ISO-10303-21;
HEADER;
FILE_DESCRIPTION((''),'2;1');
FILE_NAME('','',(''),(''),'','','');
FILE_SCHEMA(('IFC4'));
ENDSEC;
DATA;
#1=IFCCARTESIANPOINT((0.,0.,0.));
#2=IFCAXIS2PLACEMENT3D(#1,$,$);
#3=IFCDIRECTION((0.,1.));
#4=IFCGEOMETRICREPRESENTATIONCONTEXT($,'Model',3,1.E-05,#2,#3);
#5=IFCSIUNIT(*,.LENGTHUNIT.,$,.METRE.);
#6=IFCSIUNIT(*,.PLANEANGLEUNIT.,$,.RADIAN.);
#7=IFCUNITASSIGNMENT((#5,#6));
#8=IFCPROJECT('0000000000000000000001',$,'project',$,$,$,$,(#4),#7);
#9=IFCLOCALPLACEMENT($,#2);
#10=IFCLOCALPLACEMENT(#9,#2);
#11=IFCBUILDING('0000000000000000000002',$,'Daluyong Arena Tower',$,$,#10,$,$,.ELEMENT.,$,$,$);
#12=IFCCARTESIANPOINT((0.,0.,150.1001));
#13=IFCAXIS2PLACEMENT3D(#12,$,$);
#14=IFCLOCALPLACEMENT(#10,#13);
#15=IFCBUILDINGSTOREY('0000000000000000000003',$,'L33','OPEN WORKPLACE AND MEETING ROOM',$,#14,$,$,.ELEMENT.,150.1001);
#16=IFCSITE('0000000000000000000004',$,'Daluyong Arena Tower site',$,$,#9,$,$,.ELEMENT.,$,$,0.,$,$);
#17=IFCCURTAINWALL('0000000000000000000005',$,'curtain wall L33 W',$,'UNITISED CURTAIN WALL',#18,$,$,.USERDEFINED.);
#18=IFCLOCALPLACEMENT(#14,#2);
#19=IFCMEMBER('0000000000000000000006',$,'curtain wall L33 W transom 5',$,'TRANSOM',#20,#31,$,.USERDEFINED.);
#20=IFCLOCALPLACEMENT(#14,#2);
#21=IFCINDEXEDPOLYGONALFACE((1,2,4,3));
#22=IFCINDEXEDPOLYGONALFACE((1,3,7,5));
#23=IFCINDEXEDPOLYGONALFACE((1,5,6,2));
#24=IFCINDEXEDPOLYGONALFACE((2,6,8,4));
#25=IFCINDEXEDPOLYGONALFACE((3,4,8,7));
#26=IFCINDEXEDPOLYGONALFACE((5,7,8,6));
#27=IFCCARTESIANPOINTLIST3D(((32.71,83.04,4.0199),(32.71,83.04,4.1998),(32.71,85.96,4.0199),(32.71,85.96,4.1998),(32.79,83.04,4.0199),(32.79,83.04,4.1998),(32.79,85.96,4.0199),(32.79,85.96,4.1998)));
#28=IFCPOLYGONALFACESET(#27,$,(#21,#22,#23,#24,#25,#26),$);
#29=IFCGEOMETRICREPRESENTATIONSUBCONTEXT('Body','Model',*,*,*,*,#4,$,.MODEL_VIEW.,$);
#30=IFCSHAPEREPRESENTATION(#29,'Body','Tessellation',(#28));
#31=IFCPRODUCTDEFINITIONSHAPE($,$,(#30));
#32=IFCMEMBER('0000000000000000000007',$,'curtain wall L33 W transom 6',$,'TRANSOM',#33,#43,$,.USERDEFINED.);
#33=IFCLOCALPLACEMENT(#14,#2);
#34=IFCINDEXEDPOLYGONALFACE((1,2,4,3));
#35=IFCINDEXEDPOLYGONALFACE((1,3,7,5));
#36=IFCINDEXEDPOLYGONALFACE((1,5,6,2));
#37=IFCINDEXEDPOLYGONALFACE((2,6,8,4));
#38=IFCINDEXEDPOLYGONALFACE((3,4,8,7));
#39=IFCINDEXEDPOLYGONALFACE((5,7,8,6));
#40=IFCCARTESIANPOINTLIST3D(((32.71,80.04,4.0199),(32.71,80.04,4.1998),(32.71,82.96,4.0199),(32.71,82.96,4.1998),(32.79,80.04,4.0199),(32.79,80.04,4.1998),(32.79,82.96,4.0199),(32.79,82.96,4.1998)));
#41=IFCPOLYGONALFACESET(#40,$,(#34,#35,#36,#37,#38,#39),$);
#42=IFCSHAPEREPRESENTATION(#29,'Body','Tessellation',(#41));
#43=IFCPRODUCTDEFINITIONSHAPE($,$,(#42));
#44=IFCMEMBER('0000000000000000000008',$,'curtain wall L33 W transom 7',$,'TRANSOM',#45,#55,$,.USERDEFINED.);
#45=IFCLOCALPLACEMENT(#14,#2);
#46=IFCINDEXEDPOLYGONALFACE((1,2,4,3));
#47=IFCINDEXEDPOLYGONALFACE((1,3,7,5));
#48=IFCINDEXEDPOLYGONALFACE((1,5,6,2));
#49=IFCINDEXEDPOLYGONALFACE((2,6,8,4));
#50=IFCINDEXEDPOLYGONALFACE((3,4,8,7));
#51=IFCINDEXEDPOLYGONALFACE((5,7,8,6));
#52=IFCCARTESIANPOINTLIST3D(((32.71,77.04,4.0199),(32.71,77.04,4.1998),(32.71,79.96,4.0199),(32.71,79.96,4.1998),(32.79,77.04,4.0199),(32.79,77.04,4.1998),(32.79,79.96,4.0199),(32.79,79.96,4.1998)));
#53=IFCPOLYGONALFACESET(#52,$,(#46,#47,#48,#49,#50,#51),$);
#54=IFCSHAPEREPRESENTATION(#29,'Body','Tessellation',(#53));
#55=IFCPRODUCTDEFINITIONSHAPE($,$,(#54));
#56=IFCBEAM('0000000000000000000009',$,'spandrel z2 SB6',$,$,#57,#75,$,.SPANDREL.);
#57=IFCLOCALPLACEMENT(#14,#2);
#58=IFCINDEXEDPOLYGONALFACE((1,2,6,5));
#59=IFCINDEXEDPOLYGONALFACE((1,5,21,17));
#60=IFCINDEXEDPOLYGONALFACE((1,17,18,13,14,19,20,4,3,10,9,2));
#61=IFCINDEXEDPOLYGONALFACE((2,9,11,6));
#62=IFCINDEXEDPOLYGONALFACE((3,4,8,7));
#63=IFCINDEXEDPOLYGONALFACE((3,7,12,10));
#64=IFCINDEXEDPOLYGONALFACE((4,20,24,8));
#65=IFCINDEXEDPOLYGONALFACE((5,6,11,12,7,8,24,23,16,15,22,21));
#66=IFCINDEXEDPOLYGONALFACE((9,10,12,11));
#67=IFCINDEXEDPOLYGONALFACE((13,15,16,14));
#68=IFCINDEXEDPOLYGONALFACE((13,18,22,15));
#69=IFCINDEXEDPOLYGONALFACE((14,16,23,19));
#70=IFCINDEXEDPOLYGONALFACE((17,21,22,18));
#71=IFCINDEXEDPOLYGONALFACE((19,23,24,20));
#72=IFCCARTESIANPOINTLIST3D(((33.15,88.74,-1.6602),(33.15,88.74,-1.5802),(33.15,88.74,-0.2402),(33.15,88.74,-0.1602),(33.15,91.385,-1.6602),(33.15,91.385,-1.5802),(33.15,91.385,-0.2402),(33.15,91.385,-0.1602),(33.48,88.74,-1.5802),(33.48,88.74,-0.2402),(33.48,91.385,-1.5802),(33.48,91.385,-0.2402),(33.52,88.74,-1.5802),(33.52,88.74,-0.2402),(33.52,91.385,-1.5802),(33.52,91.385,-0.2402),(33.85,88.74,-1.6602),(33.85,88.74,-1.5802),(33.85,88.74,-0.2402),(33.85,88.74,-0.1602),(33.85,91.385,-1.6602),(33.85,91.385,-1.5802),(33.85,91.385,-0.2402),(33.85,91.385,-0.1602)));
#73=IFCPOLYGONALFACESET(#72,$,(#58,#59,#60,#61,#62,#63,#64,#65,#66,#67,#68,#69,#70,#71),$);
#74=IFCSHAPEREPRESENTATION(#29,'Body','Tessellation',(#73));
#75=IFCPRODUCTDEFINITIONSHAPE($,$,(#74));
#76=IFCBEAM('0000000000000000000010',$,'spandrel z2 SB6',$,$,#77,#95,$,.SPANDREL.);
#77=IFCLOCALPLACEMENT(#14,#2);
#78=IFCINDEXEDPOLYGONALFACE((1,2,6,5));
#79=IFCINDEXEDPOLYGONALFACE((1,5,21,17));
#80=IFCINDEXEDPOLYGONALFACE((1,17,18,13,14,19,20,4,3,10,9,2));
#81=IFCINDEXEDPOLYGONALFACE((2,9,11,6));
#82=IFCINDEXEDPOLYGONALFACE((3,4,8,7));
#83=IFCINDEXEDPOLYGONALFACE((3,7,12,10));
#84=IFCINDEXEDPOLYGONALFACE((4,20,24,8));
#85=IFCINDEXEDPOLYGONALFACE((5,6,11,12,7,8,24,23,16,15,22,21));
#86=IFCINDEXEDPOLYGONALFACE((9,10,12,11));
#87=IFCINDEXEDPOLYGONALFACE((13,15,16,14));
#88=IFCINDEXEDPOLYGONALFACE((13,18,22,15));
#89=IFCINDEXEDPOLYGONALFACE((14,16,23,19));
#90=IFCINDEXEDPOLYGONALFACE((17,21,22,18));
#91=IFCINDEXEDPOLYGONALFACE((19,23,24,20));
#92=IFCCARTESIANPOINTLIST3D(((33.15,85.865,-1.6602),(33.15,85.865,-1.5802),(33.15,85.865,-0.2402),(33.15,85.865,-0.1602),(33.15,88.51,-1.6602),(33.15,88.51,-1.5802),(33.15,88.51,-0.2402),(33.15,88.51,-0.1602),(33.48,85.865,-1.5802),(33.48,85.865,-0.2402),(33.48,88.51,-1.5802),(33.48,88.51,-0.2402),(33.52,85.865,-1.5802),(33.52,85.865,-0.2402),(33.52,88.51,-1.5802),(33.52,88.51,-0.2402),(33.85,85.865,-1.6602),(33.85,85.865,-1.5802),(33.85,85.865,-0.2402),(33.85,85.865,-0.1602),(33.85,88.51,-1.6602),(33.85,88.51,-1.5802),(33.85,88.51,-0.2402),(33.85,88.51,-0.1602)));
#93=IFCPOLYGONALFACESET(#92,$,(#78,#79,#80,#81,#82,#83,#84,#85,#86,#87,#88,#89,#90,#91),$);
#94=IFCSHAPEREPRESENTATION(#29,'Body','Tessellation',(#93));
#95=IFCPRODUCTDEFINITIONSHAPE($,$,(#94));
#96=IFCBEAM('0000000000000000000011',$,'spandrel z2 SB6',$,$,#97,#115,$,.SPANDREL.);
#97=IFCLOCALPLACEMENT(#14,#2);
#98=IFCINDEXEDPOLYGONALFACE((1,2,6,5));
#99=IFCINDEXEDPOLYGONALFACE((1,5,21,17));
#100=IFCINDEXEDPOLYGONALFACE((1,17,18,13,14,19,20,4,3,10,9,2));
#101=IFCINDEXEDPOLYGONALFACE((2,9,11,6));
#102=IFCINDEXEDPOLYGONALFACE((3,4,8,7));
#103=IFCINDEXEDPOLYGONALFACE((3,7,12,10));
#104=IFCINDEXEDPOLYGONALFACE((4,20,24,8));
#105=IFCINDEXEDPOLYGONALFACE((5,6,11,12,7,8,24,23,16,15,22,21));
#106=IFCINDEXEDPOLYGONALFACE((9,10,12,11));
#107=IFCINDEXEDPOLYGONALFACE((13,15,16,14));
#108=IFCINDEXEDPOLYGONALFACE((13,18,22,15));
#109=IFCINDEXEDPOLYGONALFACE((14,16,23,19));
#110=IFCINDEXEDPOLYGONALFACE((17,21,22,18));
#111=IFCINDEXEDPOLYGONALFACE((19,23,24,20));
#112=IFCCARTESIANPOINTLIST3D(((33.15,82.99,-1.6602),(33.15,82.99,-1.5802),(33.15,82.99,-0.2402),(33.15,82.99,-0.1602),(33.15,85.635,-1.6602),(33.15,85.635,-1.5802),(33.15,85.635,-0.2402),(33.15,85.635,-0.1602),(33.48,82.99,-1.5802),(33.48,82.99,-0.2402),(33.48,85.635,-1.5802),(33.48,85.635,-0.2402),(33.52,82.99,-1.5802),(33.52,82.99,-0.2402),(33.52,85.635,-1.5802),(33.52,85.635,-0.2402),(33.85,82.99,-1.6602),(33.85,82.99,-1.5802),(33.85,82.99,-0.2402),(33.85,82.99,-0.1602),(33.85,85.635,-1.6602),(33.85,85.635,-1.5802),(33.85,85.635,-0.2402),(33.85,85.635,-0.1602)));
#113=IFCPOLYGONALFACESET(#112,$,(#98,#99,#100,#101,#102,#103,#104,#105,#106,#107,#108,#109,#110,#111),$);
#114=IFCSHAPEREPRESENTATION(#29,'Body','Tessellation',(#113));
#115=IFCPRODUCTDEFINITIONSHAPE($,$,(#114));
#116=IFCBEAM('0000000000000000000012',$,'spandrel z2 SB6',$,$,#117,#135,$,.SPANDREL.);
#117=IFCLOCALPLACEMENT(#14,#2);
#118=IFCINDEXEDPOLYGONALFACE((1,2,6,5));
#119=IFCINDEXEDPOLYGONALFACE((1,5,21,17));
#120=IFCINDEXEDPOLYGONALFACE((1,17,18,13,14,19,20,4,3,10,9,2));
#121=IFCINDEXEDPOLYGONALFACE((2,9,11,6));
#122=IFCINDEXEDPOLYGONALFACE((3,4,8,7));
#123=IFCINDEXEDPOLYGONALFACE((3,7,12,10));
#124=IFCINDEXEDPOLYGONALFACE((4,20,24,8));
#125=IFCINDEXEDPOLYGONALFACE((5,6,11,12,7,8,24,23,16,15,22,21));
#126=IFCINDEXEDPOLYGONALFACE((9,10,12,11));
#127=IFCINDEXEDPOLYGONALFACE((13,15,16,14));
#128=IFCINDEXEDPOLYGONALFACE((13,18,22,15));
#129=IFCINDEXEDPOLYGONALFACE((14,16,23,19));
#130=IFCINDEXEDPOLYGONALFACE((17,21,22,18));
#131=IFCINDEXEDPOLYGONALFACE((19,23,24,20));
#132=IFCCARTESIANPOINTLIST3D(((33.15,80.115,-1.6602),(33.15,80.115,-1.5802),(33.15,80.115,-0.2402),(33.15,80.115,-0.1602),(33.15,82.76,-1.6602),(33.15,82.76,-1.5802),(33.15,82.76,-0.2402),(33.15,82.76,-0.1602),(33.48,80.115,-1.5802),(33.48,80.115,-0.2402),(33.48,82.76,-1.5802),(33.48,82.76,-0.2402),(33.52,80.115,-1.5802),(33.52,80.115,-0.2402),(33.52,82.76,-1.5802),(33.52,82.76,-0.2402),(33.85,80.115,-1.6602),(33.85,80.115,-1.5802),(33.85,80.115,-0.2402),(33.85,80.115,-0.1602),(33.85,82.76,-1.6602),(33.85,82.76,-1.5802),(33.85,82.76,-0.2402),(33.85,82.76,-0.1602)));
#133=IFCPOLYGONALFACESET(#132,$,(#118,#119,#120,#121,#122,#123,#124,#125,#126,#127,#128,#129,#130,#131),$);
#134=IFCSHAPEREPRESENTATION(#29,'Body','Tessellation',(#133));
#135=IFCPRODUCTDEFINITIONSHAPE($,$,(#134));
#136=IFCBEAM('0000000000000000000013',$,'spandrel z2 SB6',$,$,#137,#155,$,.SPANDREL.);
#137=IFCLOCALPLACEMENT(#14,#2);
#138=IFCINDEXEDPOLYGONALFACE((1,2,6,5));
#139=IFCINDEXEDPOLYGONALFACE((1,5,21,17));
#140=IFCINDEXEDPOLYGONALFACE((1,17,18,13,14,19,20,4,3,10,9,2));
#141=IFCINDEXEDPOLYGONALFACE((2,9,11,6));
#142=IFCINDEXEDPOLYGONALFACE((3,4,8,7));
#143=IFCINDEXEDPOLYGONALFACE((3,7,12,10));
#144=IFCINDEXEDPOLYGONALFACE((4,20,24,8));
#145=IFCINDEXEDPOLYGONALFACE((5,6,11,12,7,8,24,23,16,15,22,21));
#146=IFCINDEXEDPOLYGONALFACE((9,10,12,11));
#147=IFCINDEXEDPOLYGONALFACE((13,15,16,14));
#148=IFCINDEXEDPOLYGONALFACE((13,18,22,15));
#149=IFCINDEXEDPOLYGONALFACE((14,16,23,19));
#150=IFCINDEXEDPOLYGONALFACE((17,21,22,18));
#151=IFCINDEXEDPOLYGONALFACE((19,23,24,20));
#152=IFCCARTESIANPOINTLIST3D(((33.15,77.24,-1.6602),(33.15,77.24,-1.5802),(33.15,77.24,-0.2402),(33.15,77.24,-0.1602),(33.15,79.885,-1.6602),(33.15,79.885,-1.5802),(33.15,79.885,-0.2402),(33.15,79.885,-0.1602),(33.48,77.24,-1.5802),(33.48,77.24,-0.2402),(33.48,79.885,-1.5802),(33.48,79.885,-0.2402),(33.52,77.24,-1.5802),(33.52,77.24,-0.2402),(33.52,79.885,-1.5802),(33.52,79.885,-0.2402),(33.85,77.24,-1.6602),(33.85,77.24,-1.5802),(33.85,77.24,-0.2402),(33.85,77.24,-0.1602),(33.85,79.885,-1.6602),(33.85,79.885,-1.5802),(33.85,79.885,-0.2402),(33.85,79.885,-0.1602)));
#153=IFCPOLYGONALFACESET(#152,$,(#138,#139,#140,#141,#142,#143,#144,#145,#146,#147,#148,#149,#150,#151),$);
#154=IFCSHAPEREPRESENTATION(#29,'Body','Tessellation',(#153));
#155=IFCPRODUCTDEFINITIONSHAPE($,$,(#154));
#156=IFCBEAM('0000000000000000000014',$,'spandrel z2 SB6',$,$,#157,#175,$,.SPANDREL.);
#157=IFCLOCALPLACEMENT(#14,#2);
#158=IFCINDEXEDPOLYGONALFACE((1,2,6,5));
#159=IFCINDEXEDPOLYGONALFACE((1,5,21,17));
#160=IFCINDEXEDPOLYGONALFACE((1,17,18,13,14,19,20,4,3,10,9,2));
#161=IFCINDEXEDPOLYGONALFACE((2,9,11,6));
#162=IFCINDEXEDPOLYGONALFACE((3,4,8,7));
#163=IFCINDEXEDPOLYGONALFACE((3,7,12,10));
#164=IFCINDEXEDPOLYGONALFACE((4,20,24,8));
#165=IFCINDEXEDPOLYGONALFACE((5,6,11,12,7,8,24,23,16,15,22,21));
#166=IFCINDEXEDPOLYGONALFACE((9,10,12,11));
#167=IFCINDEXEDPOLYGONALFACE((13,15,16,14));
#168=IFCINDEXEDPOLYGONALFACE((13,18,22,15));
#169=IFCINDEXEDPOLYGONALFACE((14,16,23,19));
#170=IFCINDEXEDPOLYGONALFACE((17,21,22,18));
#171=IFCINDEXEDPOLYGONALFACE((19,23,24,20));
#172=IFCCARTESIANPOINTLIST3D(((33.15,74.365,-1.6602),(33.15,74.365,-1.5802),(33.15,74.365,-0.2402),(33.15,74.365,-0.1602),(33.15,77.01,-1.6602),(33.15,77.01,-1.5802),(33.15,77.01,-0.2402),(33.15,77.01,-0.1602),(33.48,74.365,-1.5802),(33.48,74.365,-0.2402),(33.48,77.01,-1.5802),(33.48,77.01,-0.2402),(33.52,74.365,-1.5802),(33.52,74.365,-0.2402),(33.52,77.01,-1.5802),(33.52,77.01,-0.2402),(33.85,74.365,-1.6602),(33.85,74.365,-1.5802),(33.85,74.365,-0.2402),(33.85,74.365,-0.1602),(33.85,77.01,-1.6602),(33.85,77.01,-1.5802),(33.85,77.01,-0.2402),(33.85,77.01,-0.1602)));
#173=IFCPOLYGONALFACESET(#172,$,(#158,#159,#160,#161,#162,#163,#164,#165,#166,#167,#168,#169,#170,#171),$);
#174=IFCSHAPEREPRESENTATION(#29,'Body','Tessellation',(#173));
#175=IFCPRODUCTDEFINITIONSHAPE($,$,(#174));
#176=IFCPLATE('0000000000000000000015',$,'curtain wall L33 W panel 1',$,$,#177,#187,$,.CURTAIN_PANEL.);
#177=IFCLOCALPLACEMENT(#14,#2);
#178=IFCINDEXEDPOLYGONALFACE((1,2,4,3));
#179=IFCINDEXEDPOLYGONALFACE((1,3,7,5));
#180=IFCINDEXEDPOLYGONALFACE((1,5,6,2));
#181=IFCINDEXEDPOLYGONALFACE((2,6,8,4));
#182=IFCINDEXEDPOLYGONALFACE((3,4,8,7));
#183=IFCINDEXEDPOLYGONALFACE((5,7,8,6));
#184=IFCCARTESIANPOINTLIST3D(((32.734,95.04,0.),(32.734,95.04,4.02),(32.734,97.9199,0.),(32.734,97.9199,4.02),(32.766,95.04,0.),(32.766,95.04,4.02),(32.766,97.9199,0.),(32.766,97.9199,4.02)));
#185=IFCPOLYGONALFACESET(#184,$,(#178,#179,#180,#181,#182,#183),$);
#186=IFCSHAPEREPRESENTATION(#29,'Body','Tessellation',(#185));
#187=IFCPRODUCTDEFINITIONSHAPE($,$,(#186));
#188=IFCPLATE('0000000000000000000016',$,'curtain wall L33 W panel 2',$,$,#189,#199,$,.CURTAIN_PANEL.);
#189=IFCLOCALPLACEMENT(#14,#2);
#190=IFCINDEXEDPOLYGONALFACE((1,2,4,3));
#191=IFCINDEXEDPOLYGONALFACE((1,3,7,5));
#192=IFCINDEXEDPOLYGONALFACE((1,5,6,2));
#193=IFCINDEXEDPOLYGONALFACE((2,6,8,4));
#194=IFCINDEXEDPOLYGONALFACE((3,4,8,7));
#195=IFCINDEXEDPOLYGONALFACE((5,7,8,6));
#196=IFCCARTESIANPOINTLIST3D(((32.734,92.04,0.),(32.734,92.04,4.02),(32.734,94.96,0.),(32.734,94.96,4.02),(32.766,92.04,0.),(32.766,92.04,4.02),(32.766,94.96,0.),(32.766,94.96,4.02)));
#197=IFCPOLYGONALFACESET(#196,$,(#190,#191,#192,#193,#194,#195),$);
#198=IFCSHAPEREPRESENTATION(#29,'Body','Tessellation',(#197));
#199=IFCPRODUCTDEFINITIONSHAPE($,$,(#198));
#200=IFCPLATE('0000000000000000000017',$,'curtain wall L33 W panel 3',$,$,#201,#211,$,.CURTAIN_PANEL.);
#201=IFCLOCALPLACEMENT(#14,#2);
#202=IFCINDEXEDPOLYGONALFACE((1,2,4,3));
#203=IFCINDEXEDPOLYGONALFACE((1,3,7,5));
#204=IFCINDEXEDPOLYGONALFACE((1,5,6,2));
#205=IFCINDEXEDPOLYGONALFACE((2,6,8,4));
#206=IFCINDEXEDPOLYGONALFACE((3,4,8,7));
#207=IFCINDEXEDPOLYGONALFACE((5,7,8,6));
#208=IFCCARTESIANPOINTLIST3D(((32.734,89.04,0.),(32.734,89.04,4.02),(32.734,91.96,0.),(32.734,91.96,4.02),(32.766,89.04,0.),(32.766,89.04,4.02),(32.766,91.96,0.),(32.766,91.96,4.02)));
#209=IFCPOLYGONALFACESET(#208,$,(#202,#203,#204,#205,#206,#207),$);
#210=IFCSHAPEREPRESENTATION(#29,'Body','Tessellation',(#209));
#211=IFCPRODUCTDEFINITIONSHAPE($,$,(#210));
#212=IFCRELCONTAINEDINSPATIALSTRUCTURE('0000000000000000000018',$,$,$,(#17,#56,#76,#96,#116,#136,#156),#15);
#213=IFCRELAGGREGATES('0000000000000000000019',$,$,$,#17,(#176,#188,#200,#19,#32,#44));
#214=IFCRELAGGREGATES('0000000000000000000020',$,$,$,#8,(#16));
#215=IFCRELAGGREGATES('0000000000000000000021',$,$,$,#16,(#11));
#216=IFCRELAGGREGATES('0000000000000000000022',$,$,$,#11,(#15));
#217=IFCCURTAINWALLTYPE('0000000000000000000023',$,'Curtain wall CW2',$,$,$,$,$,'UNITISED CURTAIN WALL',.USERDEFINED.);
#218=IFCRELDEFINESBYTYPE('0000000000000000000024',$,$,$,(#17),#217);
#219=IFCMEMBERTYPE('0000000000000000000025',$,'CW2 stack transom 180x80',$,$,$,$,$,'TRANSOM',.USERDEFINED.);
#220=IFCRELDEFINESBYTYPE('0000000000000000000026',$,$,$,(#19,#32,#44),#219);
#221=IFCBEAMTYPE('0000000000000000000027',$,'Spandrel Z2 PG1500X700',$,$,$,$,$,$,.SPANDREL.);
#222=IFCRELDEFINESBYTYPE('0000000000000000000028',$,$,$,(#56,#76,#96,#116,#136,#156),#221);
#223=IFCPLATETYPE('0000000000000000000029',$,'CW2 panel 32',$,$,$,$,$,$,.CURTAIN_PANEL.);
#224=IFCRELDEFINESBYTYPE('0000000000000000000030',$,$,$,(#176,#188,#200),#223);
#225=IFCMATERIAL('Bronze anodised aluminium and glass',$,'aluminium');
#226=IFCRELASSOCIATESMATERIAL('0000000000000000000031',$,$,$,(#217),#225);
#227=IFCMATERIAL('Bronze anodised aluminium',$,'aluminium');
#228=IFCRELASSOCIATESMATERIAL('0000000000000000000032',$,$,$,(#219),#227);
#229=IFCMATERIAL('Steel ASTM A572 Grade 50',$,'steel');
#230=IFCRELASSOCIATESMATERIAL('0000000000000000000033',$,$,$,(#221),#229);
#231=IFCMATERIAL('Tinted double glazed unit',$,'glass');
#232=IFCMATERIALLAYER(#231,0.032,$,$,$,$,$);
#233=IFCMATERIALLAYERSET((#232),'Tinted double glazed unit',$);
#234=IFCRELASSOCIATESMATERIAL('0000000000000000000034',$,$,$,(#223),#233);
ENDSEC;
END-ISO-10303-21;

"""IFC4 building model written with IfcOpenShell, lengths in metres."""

from ifc_helpers import new_model, si_unit, direction, frame, origin, origin_2d, place, context, subcontext, project, spatial, rectangle, i_section, extrude, material, layer, layer_set, material_profile, profile_set, type_object, element, aggregate, save


model = new_model("IFC4")

# Units and contexts
model_context = context("Model", 3, precision=1e-05, world=origin(), true_north=direction((0.0, 1.0)))
body_context = subcontext(model_context, "Body", "Model", "MODEL_VIEW")
ifc_project = project(units=[si_unit("LENGTHUNIT", "METRE"), si_unit("PLANEANGLEUNIT", "RADIAN")], contexts=[model_context])

# Site, building, storey
site_placement = place(None, origin())
site = spatial("IfcSite", under=ifc_project, at=site_placement, Name="Daluyong Arena Tower site", CompositionType="ELEMENT", RefElevation=0.0)
building_placement = place(site_placement, origin())
building = spatial("IfcBuilding", under=site, at=building_placement, Name="Daluyong Arena Tower", CompositionType="ELEMENT")
storey_placement = place(building_placement, frame((0.0, 0.0, 150.1001)))
storey = spatial("IfcBuildingStorey", under=building, at=storey_placement, Name="L33", Description="OPEN WORKPLACE AND MEETING ROOM", CompositionType="ELEMENT", Elevation=150.1001)

# Curtain wall, members
ifc_material_1 = material(Name="Bronze anodised aluminium and glass", Category="aluminium")
curtain_wall_type = type_object("IfcCurtainWallType", Name="Curtain wall CW2", ElementType="UNITISED CURTAIN WALL", PredefinedType="USERDEFINED", material=ifc_material_1)
curtain_wall_placement = place(storey_placement, origin())
curtain_wall = element("IfcCurtainWall", 1, at=curtain_wall_placement, inside=storey, type_object=curtain_wall_type, Name="curtain wall L33 W", ObjectType="UNITISED CURTAIN WALL", PredefinedType="USERDEFINED")
ifc_material_2 = material(Name="Bronze anodised aluminium", Category="aluminium")
ifc_material_profile_1 = material_profile(ifc_material_2, rectangle(XDim=0.0801, YDim=0.1799, at=origin_2d()))
ifc_profile_set_1 = profile_set([ifc_material_profile_1], Name="Bronze anodised aluminium")
member_type_1 = type_object("IfcMemberType", Name="CW2 stack transom 180x80", ElementType="TRANSOM", PredefinedType="USERDEFINED", material=ifc_profile_set_1)
member_1_placement = place(storey_placement, frame((32.75, 85.96, 4.1099), z_axis=(0.0, -1.0, 0.0), x_axis=(1.0, 0.0, 0.0)))
member_1 = element("IfcMember", 2, at=member_1_placement, type_object=member_type_1, Name="curtain wall L33 W transom 5", ObjectType="TRANSOM", PredefinedType="USERDEFINED", context=body_context, shape_type="SweptSolid", body=[
    extrude(rectangle(XDim=0.0801, YDim=0.1799, at=origin_2d()), origin(), (0.0, 0.0, 1.0), 2.9199),
])
member_2_placement = place(storey_placement, frame((32.75, 82.96, 4.1099), z_axis=(0.0, -1.0, 0.0), x_axis=(1.0, 0.0, 0.0)))
member_2 = element("IfcMember", 3, at=member_2_placement, type_object=member_type_1, Name="curtain wall L33 W transom 6", ObjectType="TRANSOM", PredefinedType="USERDEFINED", context=body_context, shape_type="SweptSolid", body=[
    extrude(rectangle(XDim=0.0801, YDim=0.1799, at=origin_2d()), origin(), (0.0, 0.0, 1.0), 2.9199),
])
member_3_placement = place(storey_placement, frame((32.75, 79.96, 4.1099), z_axis=(0.0, -1.0, 0.0), x_axis=(1.0, 0.0, 0.0)))
member_3 = element("IfcMember", 4, at=member_3_placement, type_object=member_type_1, Name="curtain wall L33 W transom 7", ObjectType="TRANSOM", PredefinedType="USERDEFINED", context=body_context, shape_type="SweptSolid", body=[
    extrude(rectangle(XDim=0.0801, YDim=0.1799, at=origin_2d()), origin(), (0.0, 0.0, 1.0), 2.9199),
])

# Beams
ifc_material_3 = material(Name="Steel ASTM A572 Grade 50", Category="steel")
ifc_material_profile_2 = material_profile(ifc_material_3, i_section(OverallWidth=0.7, OverallDepth=1.5, WebThickness=0.04, FlangeThickness=0.08, at=origin_2d()))
ifc_profile_set_2 = profile_set([ifc_material_profile_2], Name="Steel ASTM A572 Grade 50")
beam_type = type_object("IfcBeamType", Name="Spandrel Z2 PG1500X700", PredefinedType="SPANDREL", material=ifc_profile_set_2)
for number, where, z_axis, x_axis, name in (
    (5, (33.5, 91.385, -0.9102), (0.0, -1.0, 0.0), (1.0, 0.0, 0.0), "spandrel z2 SB6"),
    (6, (33.5, 88.51, -0.9102), (0.0, -1.0, 0.0), (1.0, 0.0, 0.0), "spandrel z2 SB6"),
    (7, (33.5, 85.635, -0.9102), (0.0, -1.0, 0.0), (1.0, 0.0, 0.0), "spandrel z2 SB6"),
    (8, (33.5, 82.76, -0.9102), (0.0, -1.0, 0.0), (1.0, 0.0, 0.0), "spandrel z2 SB6"),
    (9, (33.5, 79.885, -0.9102), (0.0, -1.0, 0.0), (1.0, 0.0, 0.0), "spandrel z2 SB6"),
    (10, (33.5, 77.01, -0.9102), (0.0, -1.0, 0.0), (1.0, 0.0, 0.0), "spandrel z2 SB6"),
):
    element("IfcBeam", number, at=place(storey_placement, frame(where, z_axis=z_axis, x_axis=x_axis)), inside=storey, type_object=beam_type, Name=name, PredefinedType="SPANDREL", context=body_context, shape_type="SweptSolid", body=[
        extrude(i_section(OverallWidth=0.7, OverallDepth=1.5, WebThickness=0.04, FlangeThickness=0.08, at=origin_2d()), origin(), (0.0, 0.0, 1.0), 2.645),
    ])

# Plates
ifc_material_4 = material(Name="Tinted double glazed unit", Category="glass")
ifc_layer = layer(ifc_material_4, 0.032)
ifc_layer_set = layer_set([ifc_layer], Name="Tinted double glazed unit")
plate_type = type_object("IfcPlateType", Name="CW2 panel 32", PredefinedType="CURTAIN_PANEL", material=ifc_layer_set)
plate_1_placement = place(storey_placement, frame((32.75, 96.48, 0.0), z_axis=(0.0, 0.0, 1.0), x_axis=(0.0, -1.0, 0.0)))
plate_1 = element("IfcPlate", 11, at=plate_1_placement, type_object=plate_type, Name="curtain wall L33 W panel 1", PredefinedType="CURTAIN_PANEL", context=body_context, shape_type="SweptSolid", body=[
    extrude(rectangle(XDim=2.8799, YDim=0.032, at=origin_2d()), origin(), (0.0, 0.0, 1.0), 4.02),
])
plate_2_placement = place(storey_placement, frame((32.75, 93.5, 0.0), z_axis=(0.0, 0.0, 1.0), x_axis=(0.0, -1.0, 0.0)))
plate_2 = element("IfcPlate", 12, at=plate_2_placement, type_object=plate_type, Name="curtain wall L33 W panel 2", PredefinedType="CURTAIN_PANEL", context=body_context, shape_type="SweptSolid", body=[
    extrude(rectangle(XDim=2.9199, YDim=0.032, at=origin_2d()), origin(), (0.0, 0.0, 1.0), 4.02),
])
plate_3_placement = place(storey_placement, frame((32.75, 90.5, 0.0), z_axis=(0.0, 0.0, 1.0), x_axis=(0.0, -1.0, 0.0)))
plate_3 = element("IfcPlate", 13, at=plate_3_placement, type_object=plate_type, Name="curtain wall L33 W panel 3", PredefinedType="CURTAIN_PANEL", context=body_context, shape_type="SweptSolid", body=[
    extrude(rectangle(XDim=2.9199, YDim=0.032, at=origin_2d()), origin(), (0.0, 0.0, 1.0), 4.02),
])
aggregate(curtain_wall, [plate_1, plate_2, plate_3, member_1, member_2, member_3])

save(model, "model.ifc")
